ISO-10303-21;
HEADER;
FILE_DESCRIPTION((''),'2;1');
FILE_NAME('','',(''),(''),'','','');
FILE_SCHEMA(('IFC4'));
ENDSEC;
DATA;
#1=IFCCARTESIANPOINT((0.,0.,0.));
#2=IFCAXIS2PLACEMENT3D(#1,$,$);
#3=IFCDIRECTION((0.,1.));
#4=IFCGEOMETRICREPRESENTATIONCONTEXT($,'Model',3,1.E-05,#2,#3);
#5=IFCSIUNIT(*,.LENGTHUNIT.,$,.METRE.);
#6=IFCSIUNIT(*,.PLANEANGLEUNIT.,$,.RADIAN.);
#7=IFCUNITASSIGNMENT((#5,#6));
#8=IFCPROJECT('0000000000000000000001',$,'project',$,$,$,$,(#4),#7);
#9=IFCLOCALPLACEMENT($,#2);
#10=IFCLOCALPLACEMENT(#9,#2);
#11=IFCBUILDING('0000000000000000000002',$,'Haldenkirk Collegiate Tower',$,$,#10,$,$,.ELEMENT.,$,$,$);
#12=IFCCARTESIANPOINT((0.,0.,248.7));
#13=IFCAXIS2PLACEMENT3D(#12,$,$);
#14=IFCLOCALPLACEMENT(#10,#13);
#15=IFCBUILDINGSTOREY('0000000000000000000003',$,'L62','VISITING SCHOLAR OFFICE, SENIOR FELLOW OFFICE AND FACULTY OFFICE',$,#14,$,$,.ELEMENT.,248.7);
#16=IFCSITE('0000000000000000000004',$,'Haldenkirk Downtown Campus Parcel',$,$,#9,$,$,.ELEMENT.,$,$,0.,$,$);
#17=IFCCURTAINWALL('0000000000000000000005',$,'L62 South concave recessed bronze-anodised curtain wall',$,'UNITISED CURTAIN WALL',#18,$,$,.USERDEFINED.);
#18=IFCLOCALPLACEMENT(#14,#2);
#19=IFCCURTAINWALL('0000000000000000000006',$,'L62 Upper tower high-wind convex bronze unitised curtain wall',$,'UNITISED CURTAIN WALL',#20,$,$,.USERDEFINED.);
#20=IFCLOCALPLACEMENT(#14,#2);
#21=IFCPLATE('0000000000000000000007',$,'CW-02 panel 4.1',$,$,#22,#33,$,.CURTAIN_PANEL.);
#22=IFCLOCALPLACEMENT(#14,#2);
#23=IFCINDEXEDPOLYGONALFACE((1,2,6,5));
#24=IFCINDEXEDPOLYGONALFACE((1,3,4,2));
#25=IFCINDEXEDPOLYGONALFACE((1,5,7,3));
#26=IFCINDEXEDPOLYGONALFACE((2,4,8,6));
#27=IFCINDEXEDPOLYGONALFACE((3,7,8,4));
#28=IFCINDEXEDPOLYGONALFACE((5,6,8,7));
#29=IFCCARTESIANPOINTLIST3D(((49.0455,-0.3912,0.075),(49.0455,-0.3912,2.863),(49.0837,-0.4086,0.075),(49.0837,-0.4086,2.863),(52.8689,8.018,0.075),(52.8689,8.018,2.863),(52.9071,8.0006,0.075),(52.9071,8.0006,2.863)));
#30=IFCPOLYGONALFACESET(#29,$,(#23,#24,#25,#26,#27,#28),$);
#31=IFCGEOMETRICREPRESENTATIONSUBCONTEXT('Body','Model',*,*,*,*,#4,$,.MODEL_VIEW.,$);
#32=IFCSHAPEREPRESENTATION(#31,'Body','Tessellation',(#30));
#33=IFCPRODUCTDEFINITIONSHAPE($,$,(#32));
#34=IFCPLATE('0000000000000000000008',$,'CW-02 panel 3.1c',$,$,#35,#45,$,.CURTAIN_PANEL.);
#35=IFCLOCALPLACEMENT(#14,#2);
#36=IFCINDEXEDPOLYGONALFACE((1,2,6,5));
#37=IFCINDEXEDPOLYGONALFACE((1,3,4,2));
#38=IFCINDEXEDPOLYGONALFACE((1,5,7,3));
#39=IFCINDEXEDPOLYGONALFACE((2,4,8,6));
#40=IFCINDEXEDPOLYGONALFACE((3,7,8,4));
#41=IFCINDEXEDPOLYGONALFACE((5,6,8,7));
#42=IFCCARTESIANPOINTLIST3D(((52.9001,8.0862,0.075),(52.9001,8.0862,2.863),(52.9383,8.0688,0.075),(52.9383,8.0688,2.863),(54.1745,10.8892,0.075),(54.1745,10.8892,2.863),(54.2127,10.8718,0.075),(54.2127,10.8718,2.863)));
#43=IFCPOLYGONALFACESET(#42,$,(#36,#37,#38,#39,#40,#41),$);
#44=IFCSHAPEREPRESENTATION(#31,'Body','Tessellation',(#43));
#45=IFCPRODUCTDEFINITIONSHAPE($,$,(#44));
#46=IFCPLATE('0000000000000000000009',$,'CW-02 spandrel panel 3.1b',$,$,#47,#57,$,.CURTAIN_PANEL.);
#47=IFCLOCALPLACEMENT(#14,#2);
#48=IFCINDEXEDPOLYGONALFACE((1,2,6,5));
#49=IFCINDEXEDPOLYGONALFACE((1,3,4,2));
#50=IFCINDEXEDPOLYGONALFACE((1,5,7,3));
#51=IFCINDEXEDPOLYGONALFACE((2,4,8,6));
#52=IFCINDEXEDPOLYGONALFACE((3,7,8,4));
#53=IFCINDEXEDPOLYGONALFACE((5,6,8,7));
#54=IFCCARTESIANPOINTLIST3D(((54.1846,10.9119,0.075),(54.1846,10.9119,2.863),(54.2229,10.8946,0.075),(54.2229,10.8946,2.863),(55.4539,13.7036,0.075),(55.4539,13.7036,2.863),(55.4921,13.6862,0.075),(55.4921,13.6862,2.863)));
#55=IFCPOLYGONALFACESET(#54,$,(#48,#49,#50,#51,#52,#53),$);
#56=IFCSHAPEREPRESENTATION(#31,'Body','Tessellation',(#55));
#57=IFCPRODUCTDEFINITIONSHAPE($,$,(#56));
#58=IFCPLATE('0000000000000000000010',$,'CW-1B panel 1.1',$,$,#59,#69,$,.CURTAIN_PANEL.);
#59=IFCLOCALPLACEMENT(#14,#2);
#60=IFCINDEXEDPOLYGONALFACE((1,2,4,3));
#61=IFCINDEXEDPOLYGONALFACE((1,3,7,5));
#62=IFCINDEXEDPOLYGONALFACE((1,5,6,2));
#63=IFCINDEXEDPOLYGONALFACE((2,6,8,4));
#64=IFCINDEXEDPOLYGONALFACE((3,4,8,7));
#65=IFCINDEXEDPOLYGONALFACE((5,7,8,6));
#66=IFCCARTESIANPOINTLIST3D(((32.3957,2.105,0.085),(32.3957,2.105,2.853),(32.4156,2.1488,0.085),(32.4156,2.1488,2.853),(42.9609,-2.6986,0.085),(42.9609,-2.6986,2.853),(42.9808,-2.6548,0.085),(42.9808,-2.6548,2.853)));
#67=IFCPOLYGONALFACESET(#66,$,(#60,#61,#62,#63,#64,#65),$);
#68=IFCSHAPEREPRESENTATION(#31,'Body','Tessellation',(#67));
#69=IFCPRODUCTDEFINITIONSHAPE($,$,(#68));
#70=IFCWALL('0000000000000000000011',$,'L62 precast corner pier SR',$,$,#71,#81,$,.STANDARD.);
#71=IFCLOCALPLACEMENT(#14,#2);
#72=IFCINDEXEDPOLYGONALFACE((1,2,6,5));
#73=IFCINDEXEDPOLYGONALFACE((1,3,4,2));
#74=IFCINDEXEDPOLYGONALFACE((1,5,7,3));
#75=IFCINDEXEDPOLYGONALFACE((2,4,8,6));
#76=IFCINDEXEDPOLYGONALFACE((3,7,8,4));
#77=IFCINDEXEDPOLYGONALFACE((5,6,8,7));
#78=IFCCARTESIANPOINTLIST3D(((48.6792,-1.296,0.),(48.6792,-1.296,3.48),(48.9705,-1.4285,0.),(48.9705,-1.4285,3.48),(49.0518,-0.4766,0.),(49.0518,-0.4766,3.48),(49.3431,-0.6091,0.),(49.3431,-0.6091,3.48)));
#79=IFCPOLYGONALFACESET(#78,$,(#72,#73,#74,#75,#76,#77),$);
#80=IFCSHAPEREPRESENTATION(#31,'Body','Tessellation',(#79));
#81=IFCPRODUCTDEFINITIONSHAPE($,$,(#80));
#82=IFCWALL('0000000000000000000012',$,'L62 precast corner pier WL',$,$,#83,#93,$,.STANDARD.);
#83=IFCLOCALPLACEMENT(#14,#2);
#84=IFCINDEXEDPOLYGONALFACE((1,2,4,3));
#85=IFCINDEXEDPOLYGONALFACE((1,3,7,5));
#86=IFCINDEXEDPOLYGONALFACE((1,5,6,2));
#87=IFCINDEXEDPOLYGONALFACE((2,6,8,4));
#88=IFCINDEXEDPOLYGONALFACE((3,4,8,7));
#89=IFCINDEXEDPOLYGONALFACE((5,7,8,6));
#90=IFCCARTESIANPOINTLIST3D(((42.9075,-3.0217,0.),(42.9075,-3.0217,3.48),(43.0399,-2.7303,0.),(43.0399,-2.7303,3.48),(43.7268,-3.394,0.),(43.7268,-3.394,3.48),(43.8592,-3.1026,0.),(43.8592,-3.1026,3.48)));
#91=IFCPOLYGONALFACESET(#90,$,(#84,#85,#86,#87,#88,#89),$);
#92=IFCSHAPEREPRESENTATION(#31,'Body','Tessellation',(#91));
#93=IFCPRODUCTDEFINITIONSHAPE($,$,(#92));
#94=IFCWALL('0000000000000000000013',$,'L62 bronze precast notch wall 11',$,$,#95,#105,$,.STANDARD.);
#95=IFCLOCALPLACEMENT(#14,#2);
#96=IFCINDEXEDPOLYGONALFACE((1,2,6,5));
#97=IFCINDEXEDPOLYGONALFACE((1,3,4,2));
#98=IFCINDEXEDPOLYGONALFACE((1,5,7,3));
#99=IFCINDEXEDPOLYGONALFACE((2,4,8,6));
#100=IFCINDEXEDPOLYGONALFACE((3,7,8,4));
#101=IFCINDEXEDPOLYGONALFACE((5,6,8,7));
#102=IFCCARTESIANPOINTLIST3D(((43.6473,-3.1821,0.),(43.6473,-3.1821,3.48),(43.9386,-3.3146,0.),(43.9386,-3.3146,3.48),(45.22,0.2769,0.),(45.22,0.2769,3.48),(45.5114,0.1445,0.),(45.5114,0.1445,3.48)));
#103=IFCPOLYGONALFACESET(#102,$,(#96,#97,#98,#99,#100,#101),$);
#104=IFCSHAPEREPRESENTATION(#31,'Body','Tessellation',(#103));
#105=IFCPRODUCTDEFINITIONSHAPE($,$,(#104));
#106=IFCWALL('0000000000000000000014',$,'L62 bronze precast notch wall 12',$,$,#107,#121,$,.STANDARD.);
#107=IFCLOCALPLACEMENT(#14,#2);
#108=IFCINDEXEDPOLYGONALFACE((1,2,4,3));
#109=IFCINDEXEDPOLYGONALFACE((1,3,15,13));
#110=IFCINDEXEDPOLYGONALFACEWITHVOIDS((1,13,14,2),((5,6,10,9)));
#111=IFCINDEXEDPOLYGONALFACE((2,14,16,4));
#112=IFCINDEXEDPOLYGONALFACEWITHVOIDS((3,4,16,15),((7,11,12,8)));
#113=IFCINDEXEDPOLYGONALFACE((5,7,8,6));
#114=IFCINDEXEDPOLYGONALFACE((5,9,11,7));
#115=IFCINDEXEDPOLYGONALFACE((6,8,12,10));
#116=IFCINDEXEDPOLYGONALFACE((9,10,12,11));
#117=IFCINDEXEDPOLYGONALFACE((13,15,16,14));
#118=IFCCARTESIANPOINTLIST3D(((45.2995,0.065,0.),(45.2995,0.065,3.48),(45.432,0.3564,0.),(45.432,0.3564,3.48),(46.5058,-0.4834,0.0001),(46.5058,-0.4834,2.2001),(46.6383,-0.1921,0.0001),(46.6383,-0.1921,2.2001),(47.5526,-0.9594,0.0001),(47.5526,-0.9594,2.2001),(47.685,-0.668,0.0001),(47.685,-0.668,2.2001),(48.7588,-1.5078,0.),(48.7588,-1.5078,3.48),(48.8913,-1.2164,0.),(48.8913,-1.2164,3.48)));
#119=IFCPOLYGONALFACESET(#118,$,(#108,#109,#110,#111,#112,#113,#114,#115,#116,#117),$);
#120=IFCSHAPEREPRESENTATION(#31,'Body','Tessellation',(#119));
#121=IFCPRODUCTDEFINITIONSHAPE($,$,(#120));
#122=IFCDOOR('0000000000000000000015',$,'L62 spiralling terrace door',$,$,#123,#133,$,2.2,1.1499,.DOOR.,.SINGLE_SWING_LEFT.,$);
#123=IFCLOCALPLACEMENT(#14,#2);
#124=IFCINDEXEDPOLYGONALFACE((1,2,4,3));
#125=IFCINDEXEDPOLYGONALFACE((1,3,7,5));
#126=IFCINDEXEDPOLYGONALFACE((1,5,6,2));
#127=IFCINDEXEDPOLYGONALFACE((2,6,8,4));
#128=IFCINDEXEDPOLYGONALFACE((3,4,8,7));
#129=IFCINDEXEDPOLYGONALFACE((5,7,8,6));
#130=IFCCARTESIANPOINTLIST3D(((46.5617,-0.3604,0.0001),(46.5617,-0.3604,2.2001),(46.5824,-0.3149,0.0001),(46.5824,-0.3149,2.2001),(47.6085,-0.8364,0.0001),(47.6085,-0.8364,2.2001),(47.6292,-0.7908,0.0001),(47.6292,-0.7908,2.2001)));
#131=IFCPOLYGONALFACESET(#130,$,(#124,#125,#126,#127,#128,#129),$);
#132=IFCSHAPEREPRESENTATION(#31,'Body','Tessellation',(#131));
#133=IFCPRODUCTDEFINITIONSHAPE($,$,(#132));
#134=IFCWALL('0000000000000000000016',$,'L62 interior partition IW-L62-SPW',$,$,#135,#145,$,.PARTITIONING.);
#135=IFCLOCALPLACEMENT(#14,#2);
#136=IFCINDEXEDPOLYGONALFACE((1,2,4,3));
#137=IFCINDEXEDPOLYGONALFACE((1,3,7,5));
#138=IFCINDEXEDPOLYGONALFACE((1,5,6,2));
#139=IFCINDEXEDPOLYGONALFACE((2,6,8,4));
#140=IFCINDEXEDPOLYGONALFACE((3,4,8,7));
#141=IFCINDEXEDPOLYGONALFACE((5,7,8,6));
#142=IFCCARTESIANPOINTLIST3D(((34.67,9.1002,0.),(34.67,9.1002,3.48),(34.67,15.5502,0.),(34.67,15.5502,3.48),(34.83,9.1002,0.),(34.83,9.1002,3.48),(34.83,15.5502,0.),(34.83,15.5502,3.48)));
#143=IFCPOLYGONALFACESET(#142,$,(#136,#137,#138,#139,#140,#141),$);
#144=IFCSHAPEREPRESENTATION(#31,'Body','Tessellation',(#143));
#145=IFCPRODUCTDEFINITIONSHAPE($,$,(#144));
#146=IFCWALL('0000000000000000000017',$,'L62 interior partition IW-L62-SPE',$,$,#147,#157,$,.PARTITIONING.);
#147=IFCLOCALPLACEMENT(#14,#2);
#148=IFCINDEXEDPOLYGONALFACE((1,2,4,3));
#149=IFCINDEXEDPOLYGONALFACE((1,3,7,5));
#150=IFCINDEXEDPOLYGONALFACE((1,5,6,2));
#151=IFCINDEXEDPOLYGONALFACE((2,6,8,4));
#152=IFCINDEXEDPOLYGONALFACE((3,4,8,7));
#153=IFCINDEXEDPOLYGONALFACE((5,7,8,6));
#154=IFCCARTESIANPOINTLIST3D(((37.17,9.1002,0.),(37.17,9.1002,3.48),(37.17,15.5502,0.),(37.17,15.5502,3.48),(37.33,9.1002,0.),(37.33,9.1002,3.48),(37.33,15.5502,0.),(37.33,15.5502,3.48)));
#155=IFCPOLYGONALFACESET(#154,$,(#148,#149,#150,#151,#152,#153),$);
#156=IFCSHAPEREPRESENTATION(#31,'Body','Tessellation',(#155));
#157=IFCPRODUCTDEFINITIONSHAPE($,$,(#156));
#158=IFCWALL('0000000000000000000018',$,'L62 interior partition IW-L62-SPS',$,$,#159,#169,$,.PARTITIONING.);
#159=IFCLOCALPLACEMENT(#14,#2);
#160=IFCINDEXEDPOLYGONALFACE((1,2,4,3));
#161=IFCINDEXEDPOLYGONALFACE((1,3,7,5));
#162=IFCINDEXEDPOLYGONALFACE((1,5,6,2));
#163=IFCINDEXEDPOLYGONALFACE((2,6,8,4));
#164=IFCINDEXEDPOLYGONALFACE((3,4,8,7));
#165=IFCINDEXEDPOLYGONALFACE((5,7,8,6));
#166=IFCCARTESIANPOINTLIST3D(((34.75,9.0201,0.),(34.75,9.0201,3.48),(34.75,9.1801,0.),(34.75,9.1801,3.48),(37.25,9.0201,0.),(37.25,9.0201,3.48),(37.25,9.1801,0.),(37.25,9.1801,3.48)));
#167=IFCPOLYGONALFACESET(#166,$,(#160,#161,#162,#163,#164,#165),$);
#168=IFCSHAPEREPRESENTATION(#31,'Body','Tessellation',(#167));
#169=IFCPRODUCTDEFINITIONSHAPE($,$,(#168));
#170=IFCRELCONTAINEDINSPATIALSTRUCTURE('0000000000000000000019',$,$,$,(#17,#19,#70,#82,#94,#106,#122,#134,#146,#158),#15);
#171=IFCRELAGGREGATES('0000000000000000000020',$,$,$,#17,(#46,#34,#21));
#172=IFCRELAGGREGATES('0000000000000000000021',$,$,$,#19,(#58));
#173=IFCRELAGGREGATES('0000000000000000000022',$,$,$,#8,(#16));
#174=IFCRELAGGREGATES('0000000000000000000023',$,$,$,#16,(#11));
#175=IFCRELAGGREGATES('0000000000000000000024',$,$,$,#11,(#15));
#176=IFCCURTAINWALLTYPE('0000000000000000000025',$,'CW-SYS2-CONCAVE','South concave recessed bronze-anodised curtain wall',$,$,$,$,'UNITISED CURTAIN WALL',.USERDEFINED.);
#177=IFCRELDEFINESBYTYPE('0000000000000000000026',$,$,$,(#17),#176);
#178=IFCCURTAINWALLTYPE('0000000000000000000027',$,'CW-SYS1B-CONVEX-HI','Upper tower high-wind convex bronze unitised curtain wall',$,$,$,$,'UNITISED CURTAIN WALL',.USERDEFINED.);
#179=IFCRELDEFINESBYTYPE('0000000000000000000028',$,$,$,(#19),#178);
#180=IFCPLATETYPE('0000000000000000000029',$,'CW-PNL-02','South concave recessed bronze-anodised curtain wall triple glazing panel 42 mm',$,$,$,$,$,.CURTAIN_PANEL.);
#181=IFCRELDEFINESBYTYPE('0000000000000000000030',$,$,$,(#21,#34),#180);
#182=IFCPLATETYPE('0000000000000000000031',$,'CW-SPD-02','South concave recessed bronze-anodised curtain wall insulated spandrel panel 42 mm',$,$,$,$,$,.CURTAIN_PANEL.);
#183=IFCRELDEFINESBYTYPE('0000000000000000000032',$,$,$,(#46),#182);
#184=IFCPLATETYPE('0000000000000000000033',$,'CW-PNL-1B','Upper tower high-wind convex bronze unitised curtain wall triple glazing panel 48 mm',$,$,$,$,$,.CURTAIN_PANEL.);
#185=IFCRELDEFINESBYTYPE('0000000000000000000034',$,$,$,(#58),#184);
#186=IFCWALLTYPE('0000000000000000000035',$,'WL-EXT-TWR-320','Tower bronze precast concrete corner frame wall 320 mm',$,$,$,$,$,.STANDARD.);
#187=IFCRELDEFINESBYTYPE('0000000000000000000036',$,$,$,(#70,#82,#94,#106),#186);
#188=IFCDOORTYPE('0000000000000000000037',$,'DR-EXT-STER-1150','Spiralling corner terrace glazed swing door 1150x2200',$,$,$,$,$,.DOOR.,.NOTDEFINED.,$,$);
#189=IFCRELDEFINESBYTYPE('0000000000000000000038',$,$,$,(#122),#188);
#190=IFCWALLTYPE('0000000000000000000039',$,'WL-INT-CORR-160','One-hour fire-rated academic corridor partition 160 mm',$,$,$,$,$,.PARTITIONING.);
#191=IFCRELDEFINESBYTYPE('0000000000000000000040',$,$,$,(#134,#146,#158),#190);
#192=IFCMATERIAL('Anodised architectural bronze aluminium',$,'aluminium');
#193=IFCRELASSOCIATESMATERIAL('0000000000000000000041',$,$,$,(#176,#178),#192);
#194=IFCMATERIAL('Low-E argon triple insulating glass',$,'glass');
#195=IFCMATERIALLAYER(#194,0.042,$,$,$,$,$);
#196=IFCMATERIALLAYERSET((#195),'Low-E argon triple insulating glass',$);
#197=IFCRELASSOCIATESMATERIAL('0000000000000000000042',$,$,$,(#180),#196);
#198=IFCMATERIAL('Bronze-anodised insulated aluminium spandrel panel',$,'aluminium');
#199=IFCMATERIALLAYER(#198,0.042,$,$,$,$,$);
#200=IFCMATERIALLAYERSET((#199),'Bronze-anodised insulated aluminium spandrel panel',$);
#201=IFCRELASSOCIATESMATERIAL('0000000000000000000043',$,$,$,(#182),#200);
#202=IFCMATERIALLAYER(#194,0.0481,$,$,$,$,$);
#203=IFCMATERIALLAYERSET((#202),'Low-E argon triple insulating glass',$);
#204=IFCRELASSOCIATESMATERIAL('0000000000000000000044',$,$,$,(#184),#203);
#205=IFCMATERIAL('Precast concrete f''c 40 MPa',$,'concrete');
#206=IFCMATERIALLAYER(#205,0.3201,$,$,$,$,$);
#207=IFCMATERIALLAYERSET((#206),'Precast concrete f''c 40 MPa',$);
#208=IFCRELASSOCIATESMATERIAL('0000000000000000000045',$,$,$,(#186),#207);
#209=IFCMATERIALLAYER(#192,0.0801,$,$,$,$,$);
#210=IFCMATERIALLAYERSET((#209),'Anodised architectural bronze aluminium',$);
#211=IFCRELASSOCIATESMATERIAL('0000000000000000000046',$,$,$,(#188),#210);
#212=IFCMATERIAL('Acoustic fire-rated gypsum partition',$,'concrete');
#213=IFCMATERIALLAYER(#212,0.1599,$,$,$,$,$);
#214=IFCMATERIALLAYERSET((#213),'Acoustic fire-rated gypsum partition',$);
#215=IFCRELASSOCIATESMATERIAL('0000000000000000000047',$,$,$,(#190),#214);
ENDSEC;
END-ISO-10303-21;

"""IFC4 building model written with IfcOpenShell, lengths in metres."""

from ifc_helpers import new_model, si_unit, direction, frame, frame_2d, origin, origin_2d, place, context, subcontext, project, spatial, rectangle, extrude, source, transform, mapped, material, layer, layer_set, type_object, element, fill, aggregate, save


model = new_model("IFC4")

# Units and contexts
model_context = context("Model", 3, precision=1e-05, world=origin(), true_north=direction((0.0, 1.0)))
body_context = subcontext(model_context, "Body", "Model", "MODEL_VIEW")
ifc_project = project(units=[si_unit("LENGTHUNIT", "METRE"), si_unit("PLANEANGLEUNIT", "RADIAN")], contexts=[model_context])

# Site, building, storey
site_placement = place(None, origin())
site = spatial("IfcSite", under=ifc_project, at=site_placement, Name="Haldenkirk Downtown Campus Parcel", CompositionType="ELEMENT", RefElevation=0.0)
building_placement = place(site_placement, origin())
building = spatial("IfcBuilding", under=site, at=building_placement, Name="Haldenkirk Collegiate Tower", CompositionType="ELEMENT")
storey_placement = place(building_placement, frame((0.0, 0.0, 248.7)))
storey = spatial("IfcBuildingStorey", under=building, at=storey_placement, Name="L62", Description="VISITING SCHOLAR OFFICE, SENIOR FELLOW OFFICE AND FACULTY OFFICE", CompositionType="ELEMENT", Elevation=248.7)

# Curtain wall
ifc_material_1 = material(Name="Anodised architectural bronze aluminium", Category="aluminium")
curtain_wall_type_1 = type_object("IfcCurtainWallType", Name="CW-SYS2-CONCAVE", Description="South concave recessed bronze-anodised curtain wall", ElementType="UNITISED CURTAIN WALL", PredefinedType="USERDEFINED", material=ifc_material_1)
curtain_wall_1_placement = place(storey_placement, origin())
curtain_wall_1 = element("IfcCurtainWall", 1, at=curtain_wall_1_placement, inside=storey, type_object=curtain_wall_type_1, Name="L62 South concave recessed bronze-anodised curtain wall", ObjectType="UNITISED CURTAIN WALL", PredefinedType="USERDEFINED")

# Curtain wall
curtain_wall_type_2 = type_object("IfcCurtainWallType", Name="CW-SYS1B-CONVEX-HI", Description="Upper tower high-wind convex bronze unitised curtain wall", ElementType="UNITISED CURTAIN WALL", PredefinedType="USERDEFINED", material=ifc_material_1)
curtain_wall_2_placement = place(storey_placement, origin())
curtain_wall_2 = element("IfcCurtainWall", 2, at=curtain_wall_2_placement, inside=storey, type_object=curtain_wall_type_2, Name="L62 Upper tower high-wind convex bronze unitised curtain wall", ObjectType="UNITISED CURTAIN WALL", PredefinedType="USERDEFINED")

# Plates
ifc_material_2 = material(Name="Low-E argon triple insulating glass", Category="glass")
ifc_layer_1 = layer(ifc_material_2, 0.042)
ifc_layer_set_1 = layer_set([ifc_layer_1], Name="Low-E argon triple insulating glass")
plate_type_1 = type_object("IfcPlateType", Name="CW-PNL-02", Description="South concave recessed bronze-anodised curtain wall triple glazing panel 42 mm", PredefinedType="CURTAIN_PANEL", material=ifc_layer_set_1)
shared_shape_1 = source(origin(), body_context, "Body", "SweptSolid", [
    extrude(rectangle(XDim=9.2375, YDim=0.042, at=origin_2d()), origin(), (0.0, 0.0, 1.0), 2.7881),
])
plate_1_placement = place(storey_placement, frame((50.9763, 3.8047, 0.075), z_axis=(0.0, 0.0, 1.0), x_axis=(-0.413898, -0.910323, 0.0)))
plate_1 = element("IfcPlate", 3, at=plate_1_placement, type_object=plate_type_1, Name="CW-02 panel 4.1", PredefinedType="CURTAIN_PANEL", context=body_context, shape_type="MappedRepresentation", body=[
    mapped(shared_shape_1, transform((0.0, 0.0, 0.0), x_axis=(1.0, 0.0, 0.0), y_axis=(0.0, 1.0, 0.0), z_axis=(0.0, 0.0, 1.0), scale=1.0)),
])
shared_shape_2 = source(origin(), body_context, "Body", "SweptSolid", [
    extrude(rectangle(XDim=3.0791, YDim=0.042, at=origin_2d()), origin(), (0.0, 0.0, 1.0), 2.7881),
])
plate_2_placement = place(storey_placement, frame((53.5564, 9.479, 0.075), z_axis=(0.0, 0.0, 1.0), x_axis=(-0.413898, -0.910323, 0.0)))
plate_2 = element("IfcPlate", 4, at=plate_2_placement, type_object=plate_type_1, Name="CW-02 panel 3.1c", PredefinedType="CURTAIN_PANEL", context=body_context, shape_type="MappedRepresentation", body=[
    mapped(shared_shape_2, transform((0.0, 0.0, 0.0), x_axis=(1.0, 0.0, 0.0), y_axis=(0.0, 1.0, 0.0), z_axis=(0.0, 0.0, 1.0), scale=1.0)),
])
ifc_material_3 = material(Name="Bronze-anodised insulated aluminium spandrel panel", Category="aluminium")
ifc_layer_2 = layer(ifc_material_3, 0.042)
ifc_layer_set_2 = layer_set([ifc_layer_2], Name="Bronze-anodised insulated aluminium spandrel panel")
plate_type_2 = type_object("IfcPlateType", Name="CW-SPD-02", Description="South concave recessed bronze-anodised curtain wall insulated spandrel panel 42 mm", PredefinedType="CURTAIN_PANEL", material=ifc_layer_set_2)
shared_shape_3 = source(origin(), body_context, "Body", "SweptSolid", [
    extrude(rectangle(XDim=3.0667, YDim=0.042, at=origin_2d()), origin(), (0.0, 0.0, 1.0), 2.7881),
])
plate_3_placement = place(storey_placement, frame((54.8384, 12.2991, 0.075), z_axis=(0.0, 0.0, 1.0), x_axis=(-0.413898, -0.910323, 0.0)))
plate_3 = element("IfcPlate", 5, at=plate_3_placement, type_object=plate_type_2, Name="CW-02 spandrel panel 3.1b", PredefinedType="CURTAIN_PANEL", context=body_context, shape_type="MappedRepresentation", body=[
    mapped(shared_shape_3, transform((0.0, 0.0, 0.0), x_axis=(1.0, 0.0, 0.0), y_axis=(0.0, 1.0, 0.0), z_axis=(0.0, 0.0, 1.0), scale=1.0)),
])
aggregate(curtain_wall_1, [plate_3, plate_2, plate_1])
ifc_layer_3 = layer(ifc_material_2, 0.0481)
ifc_layer_set_3 = layer_set([ifc_layer_3], Name="Low-E argon triple insulating glass")
plate_type_3 = type_object("IfcPlateType", Name="CW-PNL-1B", Description="Upper tower high-wind convex bronze unitised curtain wall triple glazing panel 48 mm", PredefinedType="CURTAIN_PANEL", material=ifc_layer_set_3)
shared_shape_4 = source(origin(), body_context, "Body", "SweptSolid", [
    extrude(rectangle(XDim=11.606, YDim=0.0481, at=origin_2d()), origin(), (0.0, 0.0, 1.0), 2.7681),
])
plate_4_placement = place(storey_placement, frame((37.6882, -0.2749, 0.085), z_axis=(0.0, 0.0, 1.0), x_axis=(-0.910323, 0.413898, 0.0)))
plate_4 = element("IfcPlate", 6, at=plate_4_placement, type_object=plate_type_3, Name="CW-1B panel 1.1", PredefinedType="CURTAIN_PANEL", context=body_context, shape_type="MappedRepresentation", body=[
    mapped(shared_shape_4, transform((0.0, 0.0, 0.0), x_axis=(1.0, 0.0, 0.0), y_axis=(0.0, 1.0, 0.0), z_axis=(0.0, 0.0, 1.0), scale=1.0)),
])
aggregate(curtain_wall_2, [plate_4])

# Walls
ifc_material_4 = material(Name="Precast concrete f'c 40 MPa", Category="concrete")
ifc_layer_4 = layer(ifc_material_4, 0.3201)
ifc_layer_set_4 = layer_set([ifc_layer_4], Name="Precast concrete f'c 40 MPa")
wall_type_1 = type_object("IfcWallType", Name="WL-EXT-TWR-320", Description="Tower bronze precast concrete corner frame wall 320 mm", PredefinedType="STANDARD", material=ifc_layer_set_4)
wall_1_placement = place(storey_placement, frame((49.1975, -0.5427, 0.0), z_axis=(0.0, 0.0, 1.0), x_axis=(-0.413926, -0.910311, 0.0)))
element("IfcWall", 7, at=wall_1_placement, inside=storey, type_object=wall_type_1, Name="L62 precast corner pier SR", PredefinedType="STANDARD", context=body_context, shape_type="SweptSolid", body=[
    extrude(rectangle(XDim=0.9001, YDim=0.3201, at=frame_2d((0.4502, 0.0))), origin(), (0.0, 0.0, 1.0), 3.48),
])
wall_2_placement = place(storey_placement, frame((43.793, -3.2483, 0.0), z_axis=(0.0, 0.0, 1.0), x_axis=(-0.910413, 0.413701, 0.0)))
element("IfcWall", 8, at=wall_2_placement, inside=storey, type_object=wall_type_1, Name="L62 precast corner pier WL", PredefinedType="STANDARD", context=body_context, shape_type="SweptSolid", body=[
    extrude(rectangle(XDim=0.8999, YDim=0.3201, at=frame_2d((0.45, 0.0))), origin(), (0.0, 0.0, 1.0), 3.48),
])
wall_3_placement = place(storey_placement, frame((45.3657, 0.2107, 0.0), z_axis=(0.0, 0.0, 1.0), x_axis=(-0.413909, -0.910318, 0.0)))
element("IfcWall", 9, at=wall_3_placement, inside=storey, type_object=wall_type_1, Name="L62 bronze precast notch wall 11", PredefinedType="STANDARD", context=body_context, shape_type="SweptSolid", body=[
    extrude(rectangle(XDim=3.7998, YDim=0.3201, at=frame_2d((1.8999, 0.0))), origin(), (0.0, 0.0, 1.0), 3.48),
])

# Wall, opening, door
wall_4_placement = place(storey_placement, frame((48.825, -1.3621, 0.0), z_axis=(0.0, 0.0, 1.0), x_axis=(-0.910329, 0.413885, 0.0)))
wall_4 = element("IfcWall", 10, at=wall_4_placement, inside=storey, type_object=wall_type_1, Name="L62 bronze precast notch wall 12", PredefinedType="STANDARD", context=body_context, shape_type="SweptSolid", body=[
    extrude(rectangle(XDim=3.8, YDim=0.3201, at=frame_2d((1.8999, 0.0))), origin(), (0.0, 0.0, 1.0), 3.48),
])
opening_placement = place(wall_4_placement, frame((1.325, 0.0, 0.0)))
opening = element("IfcOpeningElement", 11, at=opening_placement, cuts=wall_4, PredefinedType="OPENING", context=body_context, shape_type="SweptSolid", body=[
    extrude(rectangle(XDim=1.1499, YDim=2.2, at=frame_2d((0.575, 1.1001))), frame((0.0, 0.1699, 0.0), z_axis=(0.0, -1.0, 0.0), x_axis=(1.0, 0.0, 0.0)), (0.0, 0.0, 1.0), 0.3401),
])
ifc_layer_5 = layer(ifc_material_1, 0.0801)
ifc_layer_set_5 = layer_set([ifc_layer_5], Name="Anodised architectural bronze aluminium")
door_type = type_object("IfcDoorType", Name="DR-EXT-STER-1150", Description="Spiralling corner terrace glazed swing door 1150x2200", OperationType="NOTDEFINED", PredefinedType="DOOR", material=ifc_layer_set_5)
door_placement = place(opening_placement, origin())
door = element("IfcDoor", 12, at=door_placement, inside=storey, type_object=door_type, Name="L62 spiralling terrace door", OperationType="SINGLE_SWING_LEFT", OverallHeight=2.2, OverallWidth=1.1499, PredefinedType="DOOR", context=body_context, shape_type="SweptSolid", body=[
    extrude(rectangle(XDim=1.1499, YDim=2.2, at=frame_2d((0.575, 1.1001))), frame((0.0, 0.0249, 0.0), z_axis=(0.0, -1.0, 0.0), x_axis=(1.0, 0.0, 0.0)), (0.0, 0.0, 1.0), 0.05),
])
fill(opening, door)

# Walls
ifc_material_5 = material(Name="Acoustic fire-rated gypsum partition", Category="concrete")
ifc_layer_6 = layer(ifc_material_5, 0.1599)
ifc_layer_set_6 = layer_set([ifc_layer_6], Name="Acoustic fire-rated gypsum partition")
wall_type_2 = type_object("IfcWallType", Name="WL-INT-CORR-160", Description="One-hour fire-rated academic corridor partition 160 mm", PredefinedType="PARTITIONING", material=ifc_layer_set_6)
for number, where, z_axis, x_axis, name in (
    (13, (34.75, 9.1001, 0.0), (0.0, 0.0, 1.0), (0.0, 1.0, 0.0), "L62 interior partition IW-L62-SPW"),
    (14, (37.25, 9.1001, 0.0), (0.0, 0.0, 1.0), (0.0, 1.0, 0.0), "L62 interior partition IW-L62-SPE"),
):
    element("IfcWall", number, at=place(storey_placement, frame(where, z_axis=z_axis, x_axis=x_axis)), inside=storey, type_object=wall_type_2, Name=name, PredefinedType="PARTITIONING", context=body_context, shape_type="SweptSolid", body=[
        extrude(rectangle(XDim=6.45, YDim=0.1599, at=frame_2d((3.2251, 0.0))), origin(), (0.0, 0.0, 1.0), 3.48),
    ])
wall_5_placement = place(storey_placement, frame((34.75, 9.1001, 0.0), z_axis=(0.0, 0.0, 1.0), x_axis=(1.0, 0.0, 0.0)))
element("IfcWall", 15, at=wall_5_placement, inside=storey, type_object=wall_type_2, Name="L62 interior partition IW-L62-SPS", PredefinedType="PARTITIONING", context=body_context, shape_type="SweptSolid", body=[
    extrude(rectangle(XDim=2.5, YDim=0.1599, at=frame_2d((1.25, 0.0))), origin(), (0.0, 0.0, 1.0), 3.48),
])

save(model, "model.ifc")
